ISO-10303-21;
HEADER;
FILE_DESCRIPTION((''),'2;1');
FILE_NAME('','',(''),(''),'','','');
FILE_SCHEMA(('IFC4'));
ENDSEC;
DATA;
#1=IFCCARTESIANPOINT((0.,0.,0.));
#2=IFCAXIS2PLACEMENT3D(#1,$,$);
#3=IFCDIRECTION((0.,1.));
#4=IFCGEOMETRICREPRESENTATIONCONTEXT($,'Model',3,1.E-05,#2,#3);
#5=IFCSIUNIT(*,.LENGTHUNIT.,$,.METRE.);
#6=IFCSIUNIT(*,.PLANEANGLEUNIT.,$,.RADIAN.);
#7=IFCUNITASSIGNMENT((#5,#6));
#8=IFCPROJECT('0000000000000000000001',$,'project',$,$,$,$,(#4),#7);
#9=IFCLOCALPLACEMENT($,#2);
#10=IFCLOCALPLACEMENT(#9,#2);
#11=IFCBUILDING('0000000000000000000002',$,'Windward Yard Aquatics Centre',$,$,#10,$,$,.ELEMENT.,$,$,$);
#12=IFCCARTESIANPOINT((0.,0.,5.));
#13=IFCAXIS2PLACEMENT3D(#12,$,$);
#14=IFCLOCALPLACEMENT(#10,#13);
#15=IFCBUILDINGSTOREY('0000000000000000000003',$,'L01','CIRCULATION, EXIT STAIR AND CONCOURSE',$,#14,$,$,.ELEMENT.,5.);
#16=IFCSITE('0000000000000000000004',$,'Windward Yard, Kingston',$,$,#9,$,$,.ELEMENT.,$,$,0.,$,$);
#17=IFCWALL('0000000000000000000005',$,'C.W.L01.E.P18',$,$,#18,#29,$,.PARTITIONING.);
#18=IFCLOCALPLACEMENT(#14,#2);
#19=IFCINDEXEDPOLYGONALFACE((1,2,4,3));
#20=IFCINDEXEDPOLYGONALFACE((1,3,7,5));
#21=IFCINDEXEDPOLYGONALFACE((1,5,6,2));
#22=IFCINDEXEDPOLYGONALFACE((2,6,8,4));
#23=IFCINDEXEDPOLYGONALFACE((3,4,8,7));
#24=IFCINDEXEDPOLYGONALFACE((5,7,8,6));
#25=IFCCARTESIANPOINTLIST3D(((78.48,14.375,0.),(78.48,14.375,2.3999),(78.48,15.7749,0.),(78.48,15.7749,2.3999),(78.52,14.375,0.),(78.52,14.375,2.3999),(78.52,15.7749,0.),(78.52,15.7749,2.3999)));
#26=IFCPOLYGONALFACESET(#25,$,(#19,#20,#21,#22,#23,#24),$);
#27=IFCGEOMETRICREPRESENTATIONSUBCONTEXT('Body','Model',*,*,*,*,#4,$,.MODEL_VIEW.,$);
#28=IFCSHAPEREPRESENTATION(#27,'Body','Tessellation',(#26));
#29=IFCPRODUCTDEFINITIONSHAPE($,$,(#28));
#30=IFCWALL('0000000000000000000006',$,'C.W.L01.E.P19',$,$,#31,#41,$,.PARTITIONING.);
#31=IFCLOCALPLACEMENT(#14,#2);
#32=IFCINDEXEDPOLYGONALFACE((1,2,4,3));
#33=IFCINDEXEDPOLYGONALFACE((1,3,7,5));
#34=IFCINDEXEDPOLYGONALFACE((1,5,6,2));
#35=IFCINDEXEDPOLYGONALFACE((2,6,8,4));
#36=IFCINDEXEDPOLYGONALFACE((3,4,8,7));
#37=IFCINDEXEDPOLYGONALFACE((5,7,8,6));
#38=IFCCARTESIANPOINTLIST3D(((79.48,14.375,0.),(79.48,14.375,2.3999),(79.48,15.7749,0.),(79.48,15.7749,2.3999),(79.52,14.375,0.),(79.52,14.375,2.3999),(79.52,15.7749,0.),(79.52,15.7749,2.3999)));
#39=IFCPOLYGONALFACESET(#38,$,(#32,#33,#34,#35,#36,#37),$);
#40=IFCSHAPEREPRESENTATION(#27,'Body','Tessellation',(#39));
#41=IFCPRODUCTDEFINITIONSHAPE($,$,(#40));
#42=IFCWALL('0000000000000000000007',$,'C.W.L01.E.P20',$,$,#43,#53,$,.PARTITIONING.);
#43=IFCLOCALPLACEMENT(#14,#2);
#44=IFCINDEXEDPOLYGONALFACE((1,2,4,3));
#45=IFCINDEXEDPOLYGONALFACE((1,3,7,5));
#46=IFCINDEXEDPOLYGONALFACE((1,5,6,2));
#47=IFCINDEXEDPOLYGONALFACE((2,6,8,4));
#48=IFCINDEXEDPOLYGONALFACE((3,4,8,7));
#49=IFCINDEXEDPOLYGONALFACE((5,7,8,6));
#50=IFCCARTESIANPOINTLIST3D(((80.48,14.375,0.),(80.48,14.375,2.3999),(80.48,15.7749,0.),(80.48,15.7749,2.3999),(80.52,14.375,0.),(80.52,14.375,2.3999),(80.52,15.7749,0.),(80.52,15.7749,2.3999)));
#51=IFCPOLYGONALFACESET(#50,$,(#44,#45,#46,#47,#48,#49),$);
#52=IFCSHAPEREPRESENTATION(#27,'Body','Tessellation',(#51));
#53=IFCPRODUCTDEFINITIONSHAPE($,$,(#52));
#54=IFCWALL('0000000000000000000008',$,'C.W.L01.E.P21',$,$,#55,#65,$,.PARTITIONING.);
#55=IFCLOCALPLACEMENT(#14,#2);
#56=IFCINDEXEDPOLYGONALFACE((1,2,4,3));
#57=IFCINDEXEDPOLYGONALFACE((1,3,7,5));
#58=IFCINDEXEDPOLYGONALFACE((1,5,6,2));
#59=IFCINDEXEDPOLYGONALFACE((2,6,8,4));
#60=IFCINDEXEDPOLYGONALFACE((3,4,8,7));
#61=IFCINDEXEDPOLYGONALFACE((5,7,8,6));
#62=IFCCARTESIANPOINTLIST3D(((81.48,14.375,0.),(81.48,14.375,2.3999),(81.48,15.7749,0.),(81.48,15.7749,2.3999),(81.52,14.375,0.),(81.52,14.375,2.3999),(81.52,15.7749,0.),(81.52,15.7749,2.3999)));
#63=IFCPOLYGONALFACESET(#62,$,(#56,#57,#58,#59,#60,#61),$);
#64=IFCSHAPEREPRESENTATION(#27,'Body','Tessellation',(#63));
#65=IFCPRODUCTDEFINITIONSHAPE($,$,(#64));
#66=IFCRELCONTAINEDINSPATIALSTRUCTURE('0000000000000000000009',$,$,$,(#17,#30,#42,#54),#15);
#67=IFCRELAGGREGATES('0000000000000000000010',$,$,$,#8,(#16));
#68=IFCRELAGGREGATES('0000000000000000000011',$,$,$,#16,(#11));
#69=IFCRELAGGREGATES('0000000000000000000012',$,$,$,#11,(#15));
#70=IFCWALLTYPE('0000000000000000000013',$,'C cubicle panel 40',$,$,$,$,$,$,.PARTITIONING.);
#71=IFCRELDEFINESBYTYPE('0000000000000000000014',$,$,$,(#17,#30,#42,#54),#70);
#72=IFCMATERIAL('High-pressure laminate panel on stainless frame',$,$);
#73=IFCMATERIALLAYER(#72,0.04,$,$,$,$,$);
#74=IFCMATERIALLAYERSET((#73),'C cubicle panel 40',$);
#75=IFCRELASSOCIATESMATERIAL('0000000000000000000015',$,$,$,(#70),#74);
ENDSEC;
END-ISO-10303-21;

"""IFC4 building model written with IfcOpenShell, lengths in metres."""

from ifc_helpers import new_model, si_unit, direction, frame, frame_2d, origin, place, context, subcontext, project, spatial, rectangle, extrude, material, layer, layer_set, type_object, element, save


model = new_model("IFC4")

# Units and contexts
model_context = context("Model", 3, precision=1e-05, world=origin(), true_north=direction((0.0, 1.0)))
body_context = subcontext(model_context, "Body", "Model", "MODEL_VIEW")
ifc_project = project(units=[si_unit("LENGTHUNIT", "METRE"), si_unit("PLANEANGLEUNIT", "RADIAN")], contexts=[model_context])

# Site, building, storey
site_placement = place(None, origin())
site = spatial("IfcSite", under=ifc_project, at=site_placement, Name="Windward Yard, Kingston", CompositionType="ELEMENT", RefElevation=0.0)
building_placement = place(site_placement, origin())
building = spatial("IfcBuilding", under=site, at=building_placement, Name="Windward Yard Aquatics Centre", CompositionType="ELEMENT")
storey_placement = place(building_placement, frame((0.0, 0.0, 5.0)))
storey = spatial("IfcBuildingStorey", under=building, at=storey_placement, Name="L01", Description="CIRCULATION, EXIT STAIR AND CONCOURSE", CompositionType="ELEMENT", Elevation=5.0)

# Shared definitions
ifc_material_1 = material(Name="High-pressure laminate panel on stainless frame")
ifc_layer = layer(ifc_material_1, 0.04)
ifc_layer_set = layer_set([ifc_layer], Name="C cubicle panel 40")
wall_type = type_object("IfcWallType", Name="C cubicle panel 40", PredefinedType="PARTITIONING", material=ifc_layer_set)

# Walls
for number, where, z_axis, x_axis, name in (
    (1, (78.5, 14.375, 0.0), (0.0, 0.0, 1.0), (0.0, 1.0, 0.0), "C.W.L01.E.P18"),
    (2, (79.5, 14.375, 0.0), (0.0, 0.0, 1.0), (0.0, 1.0, 0.0), "C.W.L01.E.P19"),
    (3, (80.5, 14.375, 0.0), (0.0, 0.0, 1.0), (0.0, 1.0, 0.0), "C.W.L01.E.P20"),
    (4, (81.5, 14.375, 0.0), (0.0, 0.0, 1.0), (0.0, 1.0, 0.0), "C.W.L01.E.P21"),
):
    element("IfcWall", number, at=place(storey_placement, frame(where, z_axis=z_axis, x_axis=x_axis)), inside=storey, type_object=wall_type, Name=name, PredefinedType="PARTITIONING", context=body_context, shape_type="SweptSolid", body=[
        extrude(rectangle(XDim=1.3999, YDim=0.04, at=frame_2d((0.7, 0.0))), origin(), (0.0, 0.0, 1.0), 2.3999),
    ])

save(model, "model.ifc")
